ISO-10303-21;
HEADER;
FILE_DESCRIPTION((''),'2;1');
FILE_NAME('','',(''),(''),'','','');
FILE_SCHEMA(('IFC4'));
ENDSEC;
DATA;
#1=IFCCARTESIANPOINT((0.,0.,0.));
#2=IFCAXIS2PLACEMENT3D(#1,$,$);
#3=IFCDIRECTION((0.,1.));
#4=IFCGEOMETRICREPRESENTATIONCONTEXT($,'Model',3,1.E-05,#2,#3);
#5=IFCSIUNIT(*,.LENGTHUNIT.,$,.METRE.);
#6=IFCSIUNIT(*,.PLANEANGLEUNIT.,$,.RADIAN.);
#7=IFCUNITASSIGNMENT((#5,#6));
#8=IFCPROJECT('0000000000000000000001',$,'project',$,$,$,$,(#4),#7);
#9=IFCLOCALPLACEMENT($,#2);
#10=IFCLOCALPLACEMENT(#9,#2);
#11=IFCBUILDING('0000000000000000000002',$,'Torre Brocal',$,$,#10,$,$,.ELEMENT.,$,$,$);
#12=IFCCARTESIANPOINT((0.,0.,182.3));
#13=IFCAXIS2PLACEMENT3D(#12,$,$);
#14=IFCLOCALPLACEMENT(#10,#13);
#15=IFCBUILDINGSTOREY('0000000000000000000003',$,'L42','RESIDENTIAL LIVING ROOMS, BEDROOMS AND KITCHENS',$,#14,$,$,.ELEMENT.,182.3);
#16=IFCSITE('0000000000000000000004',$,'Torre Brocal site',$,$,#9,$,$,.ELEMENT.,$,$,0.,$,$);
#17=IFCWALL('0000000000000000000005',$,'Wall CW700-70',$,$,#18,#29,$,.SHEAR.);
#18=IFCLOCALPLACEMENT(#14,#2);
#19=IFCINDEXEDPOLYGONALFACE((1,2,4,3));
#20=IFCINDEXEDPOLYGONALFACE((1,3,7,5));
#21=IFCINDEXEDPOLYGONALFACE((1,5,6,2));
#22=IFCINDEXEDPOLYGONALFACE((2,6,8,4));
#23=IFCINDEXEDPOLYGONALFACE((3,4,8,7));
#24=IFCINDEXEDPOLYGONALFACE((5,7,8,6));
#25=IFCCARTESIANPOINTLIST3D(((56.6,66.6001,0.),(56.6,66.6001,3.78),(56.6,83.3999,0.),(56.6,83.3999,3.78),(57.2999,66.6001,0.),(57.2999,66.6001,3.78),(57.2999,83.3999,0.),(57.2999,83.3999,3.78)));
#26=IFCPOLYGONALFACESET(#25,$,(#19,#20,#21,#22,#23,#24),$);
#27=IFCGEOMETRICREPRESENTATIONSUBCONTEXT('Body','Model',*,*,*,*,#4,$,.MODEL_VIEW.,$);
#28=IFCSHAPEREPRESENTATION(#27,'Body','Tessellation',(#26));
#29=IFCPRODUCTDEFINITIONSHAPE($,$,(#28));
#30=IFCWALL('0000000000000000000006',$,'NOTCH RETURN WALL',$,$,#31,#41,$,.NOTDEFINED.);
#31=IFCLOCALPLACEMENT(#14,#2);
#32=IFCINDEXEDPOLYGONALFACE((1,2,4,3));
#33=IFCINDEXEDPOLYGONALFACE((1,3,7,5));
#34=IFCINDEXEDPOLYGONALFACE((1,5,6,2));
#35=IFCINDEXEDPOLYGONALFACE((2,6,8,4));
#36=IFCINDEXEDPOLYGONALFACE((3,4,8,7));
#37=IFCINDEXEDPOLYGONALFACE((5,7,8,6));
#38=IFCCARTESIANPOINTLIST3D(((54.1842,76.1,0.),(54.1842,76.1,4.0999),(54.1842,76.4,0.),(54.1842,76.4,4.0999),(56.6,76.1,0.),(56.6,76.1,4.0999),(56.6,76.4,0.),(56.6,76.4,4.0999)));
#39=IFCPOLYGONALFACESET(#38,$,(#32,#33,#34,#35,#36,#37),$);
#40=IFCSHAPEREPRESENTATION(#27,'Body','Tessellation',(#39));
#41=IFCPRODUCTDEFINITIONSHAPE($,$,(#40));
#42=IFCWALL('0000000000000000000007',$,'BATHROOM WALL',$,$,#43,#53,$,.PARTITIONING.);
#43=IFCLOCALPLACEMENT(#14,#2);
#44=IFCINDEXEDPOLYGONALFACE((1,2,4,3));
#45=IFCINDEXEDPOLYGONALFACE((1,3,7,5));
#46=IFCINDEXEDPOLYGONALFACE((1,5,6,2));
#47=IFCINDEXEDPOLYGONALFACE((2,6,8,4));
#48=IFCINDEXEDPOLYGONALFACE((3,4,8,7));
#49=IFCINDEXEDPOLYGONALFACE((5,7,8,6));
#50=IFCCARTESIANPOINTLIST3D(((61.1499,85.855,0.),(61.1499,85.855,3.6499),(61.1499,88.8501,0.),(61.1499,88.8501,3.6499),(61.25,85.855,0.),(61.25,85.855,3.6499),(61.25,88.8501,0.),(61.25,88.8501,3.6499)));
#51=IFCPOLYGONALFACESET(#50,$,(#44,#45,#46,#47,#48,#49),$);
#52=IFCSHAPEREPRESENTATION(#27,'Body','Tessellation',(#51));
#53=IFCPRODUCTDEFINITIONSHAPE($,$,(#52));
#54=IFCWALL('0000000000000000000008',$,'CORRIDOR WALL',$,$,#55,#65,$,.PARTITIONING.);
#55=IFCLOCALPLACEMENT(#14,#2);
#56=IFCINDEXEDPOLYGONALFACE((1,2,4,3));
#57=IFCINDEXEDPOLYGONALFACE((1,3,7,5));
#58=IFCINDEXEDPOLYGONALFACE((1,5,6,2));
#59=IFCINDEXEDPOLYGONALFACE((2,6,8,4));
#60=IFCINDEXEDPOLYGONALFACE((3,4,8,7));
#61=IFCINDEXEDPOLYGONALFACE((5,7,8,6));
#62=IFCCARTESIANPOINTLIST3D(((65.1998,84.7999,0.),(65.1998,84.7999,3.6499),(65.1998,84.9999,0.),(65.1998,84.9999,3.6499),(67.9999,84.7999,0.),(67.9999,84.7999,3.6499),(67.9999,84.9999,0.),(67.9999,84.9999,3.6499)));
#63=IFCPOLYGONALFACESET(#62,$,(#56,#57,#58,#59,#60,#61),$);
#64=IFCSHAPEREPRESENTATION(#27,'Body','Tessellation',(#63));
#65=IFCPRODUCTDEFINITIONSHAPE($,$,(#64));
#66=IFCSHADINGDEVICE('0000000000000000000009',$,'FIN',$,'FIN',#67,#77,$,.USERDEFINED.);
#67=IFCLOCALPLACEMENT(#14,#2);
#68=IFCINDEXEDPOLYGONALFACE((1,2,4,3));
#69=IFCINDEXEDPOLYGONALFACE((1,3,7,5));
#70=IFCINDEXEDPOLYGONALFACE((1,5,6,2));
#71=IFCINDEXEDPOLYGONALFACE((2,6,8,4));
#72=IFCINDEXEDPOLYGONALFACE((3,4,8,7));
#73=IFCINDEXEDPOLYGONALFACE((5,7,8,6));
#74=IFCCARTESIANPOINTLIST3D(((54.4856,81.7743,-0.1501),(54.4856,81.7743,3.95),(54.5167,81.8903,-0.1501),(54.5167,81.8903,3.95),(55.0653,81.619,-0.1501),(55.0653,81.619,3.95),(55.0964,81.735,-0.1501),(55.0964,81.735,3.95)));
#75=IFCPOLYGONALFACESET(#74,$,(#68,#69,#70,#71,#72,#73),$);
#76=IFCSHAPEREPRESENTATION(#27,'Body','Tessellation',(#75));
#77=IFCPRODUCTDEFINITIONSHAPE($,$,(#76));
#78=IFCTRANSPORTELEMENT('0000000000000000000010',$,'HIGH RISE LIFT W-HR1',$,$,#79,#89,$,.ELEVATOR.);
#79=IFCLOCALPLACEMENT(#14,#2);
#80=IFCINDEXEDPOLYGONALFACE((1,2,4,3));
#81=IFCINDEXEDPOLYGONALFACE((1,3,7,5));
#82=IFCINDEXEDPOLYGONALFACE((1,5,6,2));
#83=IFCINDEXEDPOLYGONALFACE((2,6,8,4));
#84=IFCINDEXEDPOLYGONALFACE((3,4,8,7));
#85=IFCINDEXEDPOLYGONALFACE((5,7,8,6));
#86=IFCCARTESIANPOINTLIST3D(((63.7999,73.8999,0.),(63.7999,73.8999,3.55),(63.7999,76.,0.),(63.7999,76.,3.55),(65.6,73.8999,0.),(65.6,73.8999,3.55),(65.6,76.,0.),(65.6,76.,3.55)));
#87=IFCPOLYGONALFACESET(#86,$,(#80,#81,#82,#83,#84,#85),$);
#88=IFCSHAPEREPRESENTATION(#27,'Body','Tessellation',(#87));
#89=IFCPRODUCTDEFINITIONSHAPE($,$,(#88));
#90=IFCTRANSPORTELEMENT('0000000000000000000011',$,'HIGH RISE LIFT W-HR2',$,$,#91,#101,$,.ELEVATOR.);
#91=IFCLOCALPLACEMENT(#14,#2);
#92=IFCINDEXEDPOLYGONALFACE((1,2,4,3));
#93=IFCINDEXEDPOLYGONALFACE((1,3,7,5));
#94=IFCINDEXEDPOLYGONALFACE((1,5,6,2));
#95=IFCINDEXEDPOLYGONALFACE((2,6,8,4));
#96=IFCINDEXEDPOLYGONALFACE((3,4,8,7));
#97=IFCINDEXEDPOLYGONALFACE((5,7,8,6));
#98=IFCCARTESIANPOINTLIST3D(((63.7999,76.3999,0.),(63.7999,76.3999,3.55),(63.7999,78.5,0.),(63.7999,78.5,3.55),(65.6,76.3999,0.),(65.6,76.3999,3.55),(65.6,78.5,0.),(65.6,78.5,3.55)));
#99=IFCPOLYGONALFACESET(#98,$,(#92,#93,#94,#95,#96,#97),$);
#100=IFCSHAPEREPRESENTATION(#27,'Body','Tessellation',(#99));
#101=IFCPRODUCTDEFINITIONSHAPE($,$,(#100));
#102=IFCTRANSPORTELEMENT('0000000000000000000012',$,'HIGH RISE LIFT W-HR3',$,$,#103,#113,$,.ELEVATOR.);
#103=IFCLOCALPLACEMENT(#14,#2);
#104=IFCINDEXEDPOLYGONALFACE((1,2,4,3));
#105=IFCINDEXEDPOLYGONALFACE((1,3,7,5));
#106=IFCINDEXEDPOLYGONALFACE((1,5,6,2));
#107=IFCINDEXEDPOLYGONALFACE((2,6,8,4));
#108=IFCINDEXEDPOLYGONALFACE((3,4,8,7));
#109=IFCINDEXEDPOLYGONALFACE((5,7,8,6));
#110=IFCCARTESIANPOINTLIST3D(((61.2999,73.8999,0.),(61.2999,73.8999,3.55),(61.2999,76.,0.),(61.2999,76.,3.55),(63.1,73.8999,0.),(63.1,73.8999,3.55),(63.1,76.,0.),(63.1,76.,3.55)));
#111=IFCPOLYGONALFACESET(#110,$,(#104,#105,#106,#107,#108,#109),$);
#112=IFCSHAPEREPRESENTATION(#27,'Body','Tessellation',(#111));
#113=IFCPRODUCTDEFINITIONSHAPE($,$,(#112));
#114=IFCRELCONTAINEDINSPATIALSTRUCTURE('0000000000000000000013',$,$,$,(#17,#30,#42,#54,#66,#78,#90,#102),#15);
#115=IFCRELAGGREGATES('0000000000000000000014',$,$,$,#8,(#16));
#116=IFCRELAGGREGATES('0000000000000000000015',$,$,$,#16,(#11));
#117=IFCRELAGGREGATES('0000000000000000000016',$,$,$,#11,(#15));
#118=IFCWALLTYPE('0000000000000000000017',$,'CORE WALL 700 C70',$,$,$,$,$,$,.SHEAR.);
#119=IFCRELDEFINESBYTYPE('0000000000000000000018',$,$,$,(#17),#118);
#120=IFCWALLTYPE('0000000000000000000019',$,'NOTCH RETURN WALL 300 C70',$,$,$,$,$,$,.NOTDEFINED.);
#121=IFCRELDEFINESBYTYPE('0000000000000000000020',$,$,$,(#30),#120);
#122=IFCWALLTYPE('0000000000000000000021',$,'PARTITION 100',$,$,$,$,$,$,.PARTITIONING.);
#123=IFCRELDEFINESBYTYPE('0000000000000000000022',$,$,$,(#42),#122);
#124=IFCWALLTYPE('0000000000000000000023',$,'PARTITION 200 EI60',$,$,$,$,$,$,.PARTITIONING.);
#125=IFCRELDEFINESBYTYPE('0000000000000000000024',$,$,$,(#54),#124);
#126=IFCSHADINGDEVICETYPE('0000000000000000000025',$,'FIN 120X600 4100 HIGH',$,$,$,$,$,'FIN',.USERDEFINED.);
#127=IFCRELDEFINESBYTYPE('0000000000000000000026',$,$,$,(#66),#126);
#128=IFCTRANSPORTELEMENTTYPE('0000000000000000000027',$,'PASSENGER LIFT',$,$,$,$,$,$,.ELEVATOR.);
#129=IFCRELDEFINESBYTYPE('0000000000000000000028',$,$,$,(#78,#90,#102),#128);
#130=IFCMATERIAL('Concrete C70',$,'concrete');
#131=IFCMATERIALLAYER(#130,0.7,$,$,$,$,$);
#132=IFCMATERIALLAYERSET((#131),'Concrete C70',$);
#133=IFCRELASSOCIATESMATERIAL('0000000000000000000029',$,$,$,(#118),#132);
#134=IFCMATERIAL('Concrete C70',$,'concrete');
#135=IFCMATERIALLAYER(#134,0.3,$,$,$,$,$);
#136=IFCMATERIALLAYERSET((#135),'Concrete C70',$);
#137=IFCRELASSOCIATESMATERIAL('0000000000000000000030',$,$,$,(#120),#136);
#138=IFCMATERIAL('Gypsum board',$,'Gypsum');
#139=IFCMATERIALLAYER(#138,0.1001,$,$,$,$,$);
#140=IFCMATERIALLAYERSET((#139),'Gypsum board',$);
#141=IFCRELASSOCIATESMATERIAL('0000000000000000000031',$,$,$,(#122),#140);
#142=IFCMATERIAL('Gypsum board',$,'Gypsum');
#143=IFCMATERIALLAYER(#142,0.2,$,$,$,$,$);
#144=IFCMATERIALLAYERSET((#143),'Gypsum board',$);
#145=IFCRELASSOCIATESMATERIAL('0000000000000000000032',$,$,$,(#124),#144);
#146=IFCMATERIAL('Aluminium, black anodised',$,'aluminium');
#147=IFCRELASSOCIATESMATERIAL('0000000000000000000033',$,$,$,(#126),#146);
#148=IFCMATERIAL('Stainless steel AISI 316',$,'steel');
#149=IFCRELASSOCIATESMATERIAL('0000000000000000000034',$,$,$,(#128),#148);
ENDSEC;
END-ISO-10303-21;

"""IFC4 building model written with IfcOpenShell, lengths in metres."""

from ifc_helpers import new_model, si_unit, direction, frame, frame_2d, origin, origin_2d, place, context, subcontext, project, spatial, rectangle, extrude, material, layer, layer_set, material_profile, profile_set, type_object, element, save


model = new_model("IFC4")

# Units and contexts
model_context = context("Model", 3, precision=1e-05, world=origin(), true_north=direction((0.0, 1.0)))
body_context = subcontext(model_context, "Body", "Model", "MODEL_VIEW")
ifc_project = project(units=[si_unit("LENGTHUNIT", "METRE"), si_unit("PLANEANGLEUNIT", "RADIAN")], contexts=[model_context])

# Site, building, storey
site_placement = place(None, origin())
site = spatial("IfcSite", under=ifc_project, at=site_placement, Name="Torre Brocal site", CompositionType="ELEMENT", RefElevation=0.0)
building_placement = place(site_placement, origin())
building = spatial("IfcBuilding", under=site, at=building_placement, Name="Torre Brocal", CompositionType="ELEMENT")
storey_placement = place(building_placement, frame((0.0, 0.0, 182.3)))
storey = spatial("IfcBuildingStorey", under=building, at=storey_placement, Name="L42", Description="RESIDENTIAL LIVING ROOMS, BEDROOMS AND KITCHENS", CompositionType="ELEMENT", Elevation=182.3)

# Walls
ifc_material_1 = material(Name="Concrete C70", Category="concrete")
ifc_layer_1 = layer(ifc_material_1, 0.7)
ifc_layer_set_1 = layer_set([ifc_layer_1], Name="Concrete C70")
wall_type_1 = type_object("IfcWallType", Name="CORE WALL 700 C70", PredefinedType="SHEAR", material=ifc_layer_set_1)
wall_1_placement = place(storey_placement, frame((56.95, 83.3999, 0.0), z_axis=(0.0, 0.0, 1.0), x_axis=(0.0, -1.0, 0.0)))
element("IfcWall", 1, at=wall_1_placement, inside=storey, type_object=wall_type_1, Name="Wall CW700-70", PredefinedType="SHEAR", context=body_context, shape_type="SweptSolid", body=[
    extrude(rectangle(XDim=16.7998, YDim=0.7, at=frame_2d((8.3999, 0.0))), origin(), (0.0, 0.0, 1.0), 3.78),
])
ifc_material_2 = material(Name="Concrete C70", Category="concrete")
ifc_layer_2 = layer(ifc_material_2, 0.3)
ifc_layer_set_2 = layer_set([ifc_layer_2], Name="Concrete C70")
wall_type_2 = type_object("IfcWallType", Name="NOTCH RETURN WALL 300 C70", PredefinedType="NOTDEFINED", material=ifc_layer_set_2)
wall_2_placement = place(storey_placement, frame((56.6001, 76.25, 0.0), z_axis=(0.0, 0.0, 1.0), x_axis=(-1.0, 0.0, 0.0)))
element("IfcWall", 2, at=wall_2_placement, inside=storey, type_object=wall_type_2, Name="NOTCH RETURN WALL", PredefinedType="NOTDEFINED", context=body_context, shape_type="SweptSolid", body=[
    extrude(rectangle(XDim=2.4158, YDim=0.3, at=frame_2d((1.208, 0.0))), origin(), (0.0, 0.0, 1.0), 4.0999),
])
ifc_material_3 = material(Name="Gypsum board", Category="Gypsum")
ifc_layer_3 = layer(ifc_material_3, 0.1001)
ifc_layer_set_3 = layer_set([ifc_layer_3], Name="Gypsum board")
wall_type_3 = type_object("IfcWallType", Name="PARTITION 100", PredefinedType="PARTITIONING", material=ifc_layer_set_3)
wall_3_placement = place(storey_placement, frame((61.2, 85.855, 0.0), z_axis=(0.0, 0.0, 1.0), x_axis=(0.0, 1.0, 0.0)))
element("IfcWall", 3, at=wall_3_placement, inside=storey, type_object=wall_type_3, Name="BATHROOM WALL", PredefinedType="PARTITIONING", context=body_context, shape_type="SweptSolid", body=[
    extrude(rectangle(XDim=2.9951, YDim=0.1001, at=frame_2d((1.4976, 0.0))), origin(), (0.0, 0.0, 1.0), 3.6499),
])
ifc_material_4 = material(Name="Gypsum board", Category="Gypsum")
ifc_layer_4 = layer(ifc_material_4, 0.2)
ifc_layer_set_4 = layer_set([ifc_layer_4], Name="Gypsum board")
wall_type_4 = type_object("IfcWallType", Name="PARTITION 200 EI60", PredefinedType="PARTITIONING", material=ifc_layer_set_4)
wall_4_placement = place(storey_placement, frame((65.2, 84.8999, 0.0), z_axis=(0.0, 0.0, 1.0), x_axis=(1.0, 0.0, 0.0)))
element("IfcWall", 4, at=wall_4_placement, inside=storey, type_object=wall_type_4, Name="CORRIDOR WALL", PredefinedType="PARTITIONING", context=body_context, shape_type="SweptSolid", body=[
    extrude(rectangle(XDim=2.8, YDim=0.2, at=frame_2d((1.3999, 0.0))), origin(), (0.0, 0.0, 1.0), 3.6499),
])

# Shading device
ifc_material_5 = material(Name="Aluminium, black anodised", Category="aluminium")
ifc_material_profile_1 = material_profile(ifc_material_5, rectangle(XDim=0.1201, YDim=0.6001, at=origin_2d()), Name="FIN 120X600 4100 HIGH")
ifc_profile_set_1 = profile_set([ifc_material_profile_1], Name="Aluminium, black anodised")
shading_device_type = type_object("IfcShadingDeviceType", Name="FIN 120X600 4100 HIGH", ElementType="FIN", PredefinedType="USERDEFINED", material=ifc_profile_set_1)
shading_device_placement = place(storey_placement, frame((54.791, 81.7546, -0.1501), z_axis=(0.0, 0.0, 1.0), x_axis=(-0.258819, -0.965926, 0.0)))
element("IfcShadingDevice", 5, at=shading_device_placement, inside=storey, type_object=shading_device_type, Name="FIN", ObjectType="FIN", PredefinedType="USERDEFINED", context=body_context, shape_type="SweptSolid", body=[
    extrude(rectangle(XDim=0.1201, YDim=0.6001, at=origin_2d()), origin(), (0.0, 0.0, 1.0), 4.1001),
])

# Transport elements
ifc_material_6 = material(Name="Stainless steel AISI 316", Category="steel")
transport_element_type = type_object("IfcTransportElementType", Name="PASSENGER LIFT", PredefinedType="ELEVATOR", material=ifc_material_6)
for number, where, z_axis, x_axis, name in (
    (6, (64.7, 74.95, 0.0), (0.0, 0.0, 1.0), (1.0, 0.0, 0.0), "HIGH RISE LIFT W-HR1"),
    (7, (64.7, 77.45, 0.0), (0.0, 0.0, 1.0), (1.0, 0.0, 0.0), "HIGH RISE LIFT W-HR2"),
    (8, (62.2, 74.95, 0.0), (0.0, 0.0, 1.0), (1.0, 0.0, 0.0), "HIGH RISE LIFT W-HR3"),
):
    element("IfcTransportElement", number, at=place(storey_placement, frame(where, z_axis=z_axis, x_axis=x_axis)), inside=storey, type_object=transport_element_type, Name=name, PredefinedType="ELEVATOR", context=body_context, shape_type="SweptSolid", body=[
        extrude(rectangle(XDim=1.8, YDim=2.1001, at=origin_2d()), origin(), (0.0, 0.0, 1.0), 3.55),
    ])

save(model, "model.ifc")
